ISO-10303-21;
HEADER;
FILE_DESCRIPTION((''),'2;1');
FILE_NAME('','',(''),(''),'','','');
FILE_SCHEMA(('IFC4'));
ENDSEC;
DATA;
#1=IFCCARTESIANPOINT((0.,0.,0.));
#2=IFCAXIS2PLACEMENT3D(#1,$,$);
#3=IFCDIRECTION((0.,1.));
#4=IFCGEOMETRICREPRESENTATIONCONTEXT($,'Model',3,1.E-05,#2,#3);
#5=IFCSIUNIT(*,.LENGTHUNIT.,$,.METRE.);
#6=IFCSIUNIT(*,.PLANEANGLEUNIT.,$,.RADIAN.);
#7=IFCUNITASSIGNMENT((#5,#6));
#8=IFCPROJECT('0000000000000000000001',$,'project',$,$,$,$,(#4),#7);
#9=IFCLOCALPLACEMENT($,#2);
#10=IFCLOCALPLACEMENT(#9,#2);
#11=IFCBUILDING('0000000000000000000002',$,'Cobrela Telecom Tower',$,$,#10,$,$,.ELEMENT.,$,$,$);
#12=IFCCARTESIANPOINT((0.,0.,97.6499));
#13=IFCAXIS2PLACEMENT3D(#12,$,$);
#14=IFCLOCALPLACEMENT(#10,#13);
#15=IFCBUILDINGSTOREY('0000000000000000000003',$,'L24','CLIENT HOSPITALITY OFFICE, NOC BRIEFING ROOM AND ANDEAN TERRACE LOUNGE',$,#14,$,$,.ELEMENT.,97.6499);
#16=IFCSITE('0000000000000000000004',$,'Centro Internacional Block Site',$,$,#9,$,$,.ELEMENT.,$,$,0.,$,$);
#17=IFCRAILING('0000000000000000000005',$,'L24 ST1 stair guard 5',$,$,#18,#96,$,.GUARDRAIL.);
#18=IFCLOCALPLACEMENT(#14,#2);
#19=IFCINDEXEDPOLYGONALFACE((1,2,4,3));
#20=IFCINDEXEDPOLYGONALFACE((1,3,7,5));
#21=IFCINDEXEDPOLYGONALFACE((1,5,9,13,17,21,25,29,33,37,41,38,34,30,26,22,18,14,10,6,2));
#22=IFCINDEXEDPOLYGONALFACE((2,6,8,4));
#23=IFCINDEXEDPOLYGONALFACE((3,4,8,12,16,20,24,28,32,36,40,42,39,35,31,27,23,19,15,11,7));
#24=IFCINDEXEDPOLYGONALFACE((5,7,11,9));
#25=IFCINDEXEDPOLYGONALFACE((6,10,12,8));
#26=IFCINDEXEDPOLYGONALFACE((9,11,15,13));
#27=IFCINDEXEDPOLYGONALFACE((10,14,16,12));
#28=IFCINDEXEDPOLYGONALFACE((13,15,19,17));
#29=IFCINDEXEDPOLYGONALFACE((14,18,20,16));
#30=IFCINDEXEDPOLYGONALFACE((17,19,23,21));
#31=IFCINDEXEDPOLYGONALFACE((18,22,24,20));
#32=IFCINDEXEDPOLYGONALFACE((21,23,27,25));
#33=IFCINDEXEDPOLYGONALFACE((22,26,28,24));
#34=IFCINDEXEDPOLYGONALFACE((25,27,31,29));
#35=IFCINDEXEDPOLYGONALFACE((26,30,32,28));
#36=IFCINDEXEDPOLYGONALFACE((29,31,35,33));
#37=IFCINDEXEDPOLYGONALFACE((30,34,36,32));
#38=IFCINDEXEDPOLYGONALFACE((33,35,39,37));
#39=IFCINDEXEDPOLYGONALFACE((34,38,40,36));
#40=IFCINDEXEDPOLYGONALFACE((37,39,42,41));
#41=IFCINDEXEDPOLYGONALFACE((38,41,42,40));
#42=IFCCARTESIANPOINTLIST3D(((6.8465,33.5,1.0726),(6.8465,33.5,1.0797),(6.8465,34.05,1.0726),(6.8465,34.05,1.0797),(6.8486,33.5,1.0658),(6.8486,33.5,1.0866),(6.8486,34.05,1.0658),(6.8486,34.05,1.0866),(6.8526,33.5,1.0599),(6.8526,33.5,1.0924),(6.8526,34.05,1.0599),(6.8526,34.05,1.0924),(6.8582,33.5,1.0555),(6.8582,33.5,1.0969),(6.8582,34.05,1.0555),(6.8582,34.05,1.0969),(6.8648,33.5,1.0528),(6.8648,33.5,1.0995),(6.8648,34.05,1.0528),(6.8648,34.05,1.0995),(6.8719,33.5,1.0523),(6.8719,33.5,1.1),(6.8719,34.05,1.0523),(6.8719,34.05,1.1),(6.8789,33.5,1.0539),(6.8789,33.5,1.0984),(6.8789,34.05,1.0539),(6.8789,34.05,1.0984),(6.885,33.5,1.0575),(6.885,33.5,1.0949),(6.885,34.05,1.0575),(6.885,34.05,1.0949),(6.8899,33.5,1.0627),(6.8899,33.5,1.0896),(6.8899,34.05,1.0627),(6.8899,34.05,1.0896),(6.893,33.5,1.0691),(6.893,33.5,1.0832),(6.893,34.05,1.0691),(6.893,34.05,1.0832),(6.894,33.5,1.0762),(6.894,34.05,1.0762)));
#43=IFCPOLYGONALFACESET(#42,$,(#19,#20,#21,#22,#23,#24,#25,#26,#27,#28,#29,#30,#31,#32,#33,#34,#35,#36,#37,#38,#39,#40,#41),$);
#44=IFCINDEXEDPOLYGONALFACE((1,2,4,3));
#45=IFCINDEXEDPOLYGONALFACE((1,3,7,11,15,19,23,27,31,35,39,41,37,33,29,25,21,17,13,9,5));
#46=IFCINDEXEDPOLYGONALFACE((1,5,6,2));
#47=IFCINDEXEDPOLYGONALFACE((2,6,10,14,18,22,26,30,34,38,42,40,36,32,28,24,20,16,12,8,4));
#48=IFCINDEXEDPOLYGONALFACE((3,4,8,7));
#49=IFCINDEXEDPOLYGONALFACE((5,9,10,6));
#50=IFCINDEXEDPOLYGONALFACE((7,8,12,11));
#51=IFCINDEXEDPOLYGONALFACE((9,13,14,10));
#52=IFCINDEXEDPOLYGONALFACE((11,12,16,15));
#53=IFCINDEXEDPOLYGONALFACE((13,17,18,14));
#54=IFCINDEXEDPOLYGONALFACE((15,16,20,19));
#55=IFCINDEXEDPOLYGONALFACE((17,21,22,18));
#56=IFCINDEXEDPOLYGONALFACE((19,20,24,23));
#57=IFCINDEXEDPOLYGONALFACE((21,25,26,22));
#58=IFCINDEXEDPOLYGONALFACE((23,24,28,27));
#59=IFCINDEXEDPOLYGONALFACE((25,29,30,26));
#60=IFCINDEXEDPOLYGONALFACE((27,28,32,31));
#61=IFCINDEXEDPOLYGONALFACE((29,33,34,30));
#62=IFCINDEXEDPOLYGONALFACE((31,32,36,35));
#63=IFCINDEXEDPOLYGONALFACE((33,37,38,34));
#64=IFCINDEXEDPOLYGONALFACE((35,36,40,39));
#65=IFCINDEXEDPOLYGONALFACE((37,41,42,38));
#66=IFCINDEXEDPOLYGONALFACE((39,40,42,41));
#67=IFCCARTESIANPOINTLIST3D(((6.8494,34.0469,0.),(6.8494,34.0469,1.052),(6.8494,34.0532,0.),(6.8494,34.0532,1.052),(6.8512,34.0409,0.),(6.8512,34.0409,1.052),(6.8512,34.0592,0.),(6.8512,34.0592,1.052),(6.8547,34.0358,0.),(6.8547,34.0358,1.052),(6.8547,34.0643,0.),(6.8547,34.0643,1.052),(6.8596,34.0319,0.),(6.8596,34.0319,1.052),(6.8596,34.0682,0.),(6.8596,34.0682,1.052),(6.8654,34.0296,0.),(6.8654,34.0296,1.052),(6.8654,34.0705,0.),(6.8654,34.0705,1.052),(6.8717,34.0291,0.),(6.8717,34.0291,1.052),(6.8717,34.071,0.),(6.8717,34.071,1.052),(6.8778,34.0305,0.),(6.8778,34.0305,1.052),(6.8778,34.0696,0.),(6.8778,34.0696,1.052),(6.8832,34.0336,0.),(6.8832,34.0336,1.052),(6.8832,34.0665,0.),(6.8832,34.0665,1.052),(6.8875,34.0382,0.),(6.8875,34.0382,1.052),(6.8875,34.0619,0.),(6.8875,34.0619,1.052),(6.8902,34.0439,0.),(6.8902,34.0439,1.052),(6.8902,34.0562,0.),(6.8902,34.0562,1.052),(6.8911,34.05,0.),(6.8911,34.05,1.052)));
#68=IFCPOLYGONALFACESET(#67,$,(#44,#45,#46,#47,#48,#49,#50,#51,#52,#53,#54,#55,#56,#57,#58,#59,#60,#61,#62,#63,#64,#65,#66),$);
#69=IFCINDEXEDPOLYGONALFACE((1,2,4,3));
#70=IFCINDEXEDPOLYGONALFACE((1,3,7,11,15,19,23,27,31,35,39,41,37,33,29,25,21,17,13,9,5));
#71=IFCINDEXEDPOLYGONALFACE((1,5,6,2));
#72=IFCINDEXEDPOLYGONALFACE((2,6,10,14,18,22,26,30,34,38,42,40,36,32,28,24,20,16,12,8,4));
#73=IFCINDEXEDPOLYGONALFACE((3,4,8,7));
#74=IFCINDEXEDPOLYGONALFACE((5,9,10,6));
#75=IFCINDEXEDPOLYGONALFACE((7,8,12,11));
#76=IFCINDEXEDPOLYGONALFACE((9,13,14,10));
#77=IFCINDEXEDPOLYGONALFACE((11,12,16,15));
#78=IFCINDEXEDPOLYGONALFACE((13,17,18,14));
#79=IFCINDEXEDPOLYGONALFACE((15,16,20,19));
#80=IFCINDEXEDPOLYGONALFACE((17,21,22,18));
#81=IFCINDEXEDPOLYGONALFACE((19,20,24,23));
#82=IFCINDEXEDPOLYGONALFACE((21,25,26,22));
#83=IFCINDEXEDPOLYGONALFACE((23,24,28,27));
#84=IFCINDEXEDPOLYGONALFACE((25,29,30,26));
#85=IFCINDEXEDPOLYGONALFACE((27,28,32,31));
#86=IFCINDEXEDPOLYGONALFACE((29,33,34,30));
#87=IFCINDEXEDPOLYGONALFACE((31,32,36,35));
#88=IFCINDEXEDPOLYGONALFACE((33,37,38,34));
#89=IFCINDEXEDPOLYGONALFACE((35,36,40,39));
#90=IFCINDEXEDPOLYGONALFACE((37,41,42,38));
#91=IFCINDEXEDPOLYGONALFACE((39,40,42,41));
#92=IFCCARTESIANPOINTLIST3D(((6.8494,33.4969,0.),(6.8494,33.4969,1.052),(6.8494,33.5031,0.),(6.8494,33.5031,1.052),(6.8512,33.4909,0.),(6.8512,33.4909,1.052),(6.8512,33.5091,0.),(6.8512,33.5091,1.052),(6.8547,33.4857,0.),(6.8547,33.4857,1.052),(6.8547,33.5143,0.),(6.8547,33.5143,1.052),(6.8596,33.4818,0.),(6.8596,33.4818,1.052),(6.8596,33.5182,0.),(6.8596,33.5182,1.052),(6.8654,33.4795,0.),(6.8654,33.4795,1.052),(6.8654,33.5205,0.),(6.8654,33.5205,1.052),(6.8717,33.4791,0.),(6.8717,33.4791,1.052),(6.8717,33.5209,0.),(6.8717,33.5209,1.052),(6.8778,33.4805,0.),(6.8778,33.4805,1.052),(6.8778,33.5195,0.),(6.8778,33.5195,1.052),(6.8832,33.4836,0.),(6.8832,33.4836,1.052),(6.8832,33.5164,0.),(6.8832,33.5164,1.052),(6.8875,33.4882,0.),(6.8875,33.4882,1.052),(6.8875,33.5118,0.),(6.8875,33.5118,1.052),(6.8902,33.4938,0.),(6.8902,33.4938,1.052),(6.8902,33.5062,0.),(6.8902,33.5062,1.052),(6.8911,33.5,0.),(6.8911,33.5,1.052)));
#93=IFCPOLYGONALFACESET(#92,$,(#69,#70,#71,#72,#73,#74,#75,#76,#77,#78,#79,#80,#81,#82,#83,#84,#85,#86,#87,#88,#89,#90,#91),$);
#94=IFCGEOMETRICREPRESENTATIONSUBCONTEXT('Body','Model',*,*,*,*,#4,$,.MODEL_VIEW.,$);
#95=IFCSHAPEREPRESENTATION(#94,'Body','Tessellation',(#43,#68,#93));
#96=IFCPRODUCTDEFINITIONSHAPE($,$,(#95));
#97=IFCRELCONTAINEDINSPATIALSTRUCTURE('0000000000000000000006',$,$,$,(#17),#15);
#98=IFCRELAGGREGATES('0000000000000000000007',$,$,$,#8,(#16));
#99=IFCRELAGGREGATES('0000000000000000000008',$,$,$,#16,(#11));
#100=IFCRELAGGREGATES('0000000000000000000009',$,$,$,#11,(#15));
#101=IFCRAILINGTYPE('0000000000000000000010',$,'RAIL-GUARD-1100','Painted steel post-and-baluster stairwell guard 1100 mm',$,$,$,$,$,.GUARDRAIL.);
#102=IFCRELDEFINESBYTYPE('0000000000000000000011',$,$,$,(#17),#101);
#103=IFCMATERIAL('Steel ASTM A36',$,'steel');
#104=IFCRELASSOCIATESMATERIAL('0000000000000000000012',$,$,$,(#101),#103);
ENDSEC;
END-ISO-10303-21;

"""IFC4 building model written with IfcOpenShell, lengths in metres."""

from ifc_helpers import new_model, si_unit, direction, frame, origin, origin_2d, place, context, subcontext, project, spatial, circle, extrude, material, type_object, element, save


model = new_model("IFC4")

# Units and contexts
model_context = context("Model", 3, precision=1e-05, world=origin(), true_north=direction((0.0, 1.0)))
body_context = subcontext(model_context, "Body", "Model", "MODEL_VIEW")
ifc_project = project(units=[si_unit("LENGTHUNIT", "METRE"), si_unit("PLANEANGLEUNIT", "RADIAN")], contexts=[model_context])

# Site, building, storey
site_placement = place(None, origin())
site = spatial("IfcSite", under=ifc_project, at=site_placement, Name="Centro Internacional Block Site", CompositionType="ELEMENT", RefElevation=0.0)
building_placement = place(site_placement, origin())
building = spatial("IfcBuilding", under=site, at=building_placement, Name="Cobrela Telecom Tower", CompositionType="ELEMENT")
storey_placement = place(building_placement, frame((0.0, 0.0, 97.6499)))
storey = spatial("IfcBuildingStorey", under=building, at=storey_placement, Name="L24", Description="CLIENT HOSPITALITY OFFICE, NOC BRIEFING ROOM AND ANDEAN TERRACE LOUNGE", CompositionType="ELEMENT", Elevation=97.6499)

# Shared definitions
ifc_material_1 = material(Name="Steel ASTM A36", Category="steel")

# Railing
railing_type_1 = type_object("IfcRailingType", Name="RAIL-GUARD-1100", Description="Painted steel post-and-baluster stairwell guard 1100 mm", PredefinedType="GUARDRAIL", material=ifc_material_1)
railing_1_placement = place(storey_placement, frame((6.8701, 34.05, 0.0)))
element("IfcRailing", 1, at=railing_1_placement, inside=storey, type_object=railing_type_1, Name="L24 ST1 stair guard 5", PredefinedType="GUARDRAIL", context=body_context, shape_type="SweptSolid", body=[
    extrude(circle(Radius=0.0239, at=origin_2d()), frame((0.0, 0.0, 1.0762), z_axis=(0.0, -1.0, 0.0), x_axis=(1.0, 0.0, 0.0)), (0.0, 0.0, 1.0), 0.55),
    extrude(circle(Radius=0.021, at=origin_2d()), origin(), (0.0, 0.0, 1.0), 1.052),
    extrude(circle(Radius=0.021, at=origin_2d()), frame((0.0, -0.55, 0.0)), (0.0, 0.0, 1.0), 1.052),
])

save(model, "model.ifc")
